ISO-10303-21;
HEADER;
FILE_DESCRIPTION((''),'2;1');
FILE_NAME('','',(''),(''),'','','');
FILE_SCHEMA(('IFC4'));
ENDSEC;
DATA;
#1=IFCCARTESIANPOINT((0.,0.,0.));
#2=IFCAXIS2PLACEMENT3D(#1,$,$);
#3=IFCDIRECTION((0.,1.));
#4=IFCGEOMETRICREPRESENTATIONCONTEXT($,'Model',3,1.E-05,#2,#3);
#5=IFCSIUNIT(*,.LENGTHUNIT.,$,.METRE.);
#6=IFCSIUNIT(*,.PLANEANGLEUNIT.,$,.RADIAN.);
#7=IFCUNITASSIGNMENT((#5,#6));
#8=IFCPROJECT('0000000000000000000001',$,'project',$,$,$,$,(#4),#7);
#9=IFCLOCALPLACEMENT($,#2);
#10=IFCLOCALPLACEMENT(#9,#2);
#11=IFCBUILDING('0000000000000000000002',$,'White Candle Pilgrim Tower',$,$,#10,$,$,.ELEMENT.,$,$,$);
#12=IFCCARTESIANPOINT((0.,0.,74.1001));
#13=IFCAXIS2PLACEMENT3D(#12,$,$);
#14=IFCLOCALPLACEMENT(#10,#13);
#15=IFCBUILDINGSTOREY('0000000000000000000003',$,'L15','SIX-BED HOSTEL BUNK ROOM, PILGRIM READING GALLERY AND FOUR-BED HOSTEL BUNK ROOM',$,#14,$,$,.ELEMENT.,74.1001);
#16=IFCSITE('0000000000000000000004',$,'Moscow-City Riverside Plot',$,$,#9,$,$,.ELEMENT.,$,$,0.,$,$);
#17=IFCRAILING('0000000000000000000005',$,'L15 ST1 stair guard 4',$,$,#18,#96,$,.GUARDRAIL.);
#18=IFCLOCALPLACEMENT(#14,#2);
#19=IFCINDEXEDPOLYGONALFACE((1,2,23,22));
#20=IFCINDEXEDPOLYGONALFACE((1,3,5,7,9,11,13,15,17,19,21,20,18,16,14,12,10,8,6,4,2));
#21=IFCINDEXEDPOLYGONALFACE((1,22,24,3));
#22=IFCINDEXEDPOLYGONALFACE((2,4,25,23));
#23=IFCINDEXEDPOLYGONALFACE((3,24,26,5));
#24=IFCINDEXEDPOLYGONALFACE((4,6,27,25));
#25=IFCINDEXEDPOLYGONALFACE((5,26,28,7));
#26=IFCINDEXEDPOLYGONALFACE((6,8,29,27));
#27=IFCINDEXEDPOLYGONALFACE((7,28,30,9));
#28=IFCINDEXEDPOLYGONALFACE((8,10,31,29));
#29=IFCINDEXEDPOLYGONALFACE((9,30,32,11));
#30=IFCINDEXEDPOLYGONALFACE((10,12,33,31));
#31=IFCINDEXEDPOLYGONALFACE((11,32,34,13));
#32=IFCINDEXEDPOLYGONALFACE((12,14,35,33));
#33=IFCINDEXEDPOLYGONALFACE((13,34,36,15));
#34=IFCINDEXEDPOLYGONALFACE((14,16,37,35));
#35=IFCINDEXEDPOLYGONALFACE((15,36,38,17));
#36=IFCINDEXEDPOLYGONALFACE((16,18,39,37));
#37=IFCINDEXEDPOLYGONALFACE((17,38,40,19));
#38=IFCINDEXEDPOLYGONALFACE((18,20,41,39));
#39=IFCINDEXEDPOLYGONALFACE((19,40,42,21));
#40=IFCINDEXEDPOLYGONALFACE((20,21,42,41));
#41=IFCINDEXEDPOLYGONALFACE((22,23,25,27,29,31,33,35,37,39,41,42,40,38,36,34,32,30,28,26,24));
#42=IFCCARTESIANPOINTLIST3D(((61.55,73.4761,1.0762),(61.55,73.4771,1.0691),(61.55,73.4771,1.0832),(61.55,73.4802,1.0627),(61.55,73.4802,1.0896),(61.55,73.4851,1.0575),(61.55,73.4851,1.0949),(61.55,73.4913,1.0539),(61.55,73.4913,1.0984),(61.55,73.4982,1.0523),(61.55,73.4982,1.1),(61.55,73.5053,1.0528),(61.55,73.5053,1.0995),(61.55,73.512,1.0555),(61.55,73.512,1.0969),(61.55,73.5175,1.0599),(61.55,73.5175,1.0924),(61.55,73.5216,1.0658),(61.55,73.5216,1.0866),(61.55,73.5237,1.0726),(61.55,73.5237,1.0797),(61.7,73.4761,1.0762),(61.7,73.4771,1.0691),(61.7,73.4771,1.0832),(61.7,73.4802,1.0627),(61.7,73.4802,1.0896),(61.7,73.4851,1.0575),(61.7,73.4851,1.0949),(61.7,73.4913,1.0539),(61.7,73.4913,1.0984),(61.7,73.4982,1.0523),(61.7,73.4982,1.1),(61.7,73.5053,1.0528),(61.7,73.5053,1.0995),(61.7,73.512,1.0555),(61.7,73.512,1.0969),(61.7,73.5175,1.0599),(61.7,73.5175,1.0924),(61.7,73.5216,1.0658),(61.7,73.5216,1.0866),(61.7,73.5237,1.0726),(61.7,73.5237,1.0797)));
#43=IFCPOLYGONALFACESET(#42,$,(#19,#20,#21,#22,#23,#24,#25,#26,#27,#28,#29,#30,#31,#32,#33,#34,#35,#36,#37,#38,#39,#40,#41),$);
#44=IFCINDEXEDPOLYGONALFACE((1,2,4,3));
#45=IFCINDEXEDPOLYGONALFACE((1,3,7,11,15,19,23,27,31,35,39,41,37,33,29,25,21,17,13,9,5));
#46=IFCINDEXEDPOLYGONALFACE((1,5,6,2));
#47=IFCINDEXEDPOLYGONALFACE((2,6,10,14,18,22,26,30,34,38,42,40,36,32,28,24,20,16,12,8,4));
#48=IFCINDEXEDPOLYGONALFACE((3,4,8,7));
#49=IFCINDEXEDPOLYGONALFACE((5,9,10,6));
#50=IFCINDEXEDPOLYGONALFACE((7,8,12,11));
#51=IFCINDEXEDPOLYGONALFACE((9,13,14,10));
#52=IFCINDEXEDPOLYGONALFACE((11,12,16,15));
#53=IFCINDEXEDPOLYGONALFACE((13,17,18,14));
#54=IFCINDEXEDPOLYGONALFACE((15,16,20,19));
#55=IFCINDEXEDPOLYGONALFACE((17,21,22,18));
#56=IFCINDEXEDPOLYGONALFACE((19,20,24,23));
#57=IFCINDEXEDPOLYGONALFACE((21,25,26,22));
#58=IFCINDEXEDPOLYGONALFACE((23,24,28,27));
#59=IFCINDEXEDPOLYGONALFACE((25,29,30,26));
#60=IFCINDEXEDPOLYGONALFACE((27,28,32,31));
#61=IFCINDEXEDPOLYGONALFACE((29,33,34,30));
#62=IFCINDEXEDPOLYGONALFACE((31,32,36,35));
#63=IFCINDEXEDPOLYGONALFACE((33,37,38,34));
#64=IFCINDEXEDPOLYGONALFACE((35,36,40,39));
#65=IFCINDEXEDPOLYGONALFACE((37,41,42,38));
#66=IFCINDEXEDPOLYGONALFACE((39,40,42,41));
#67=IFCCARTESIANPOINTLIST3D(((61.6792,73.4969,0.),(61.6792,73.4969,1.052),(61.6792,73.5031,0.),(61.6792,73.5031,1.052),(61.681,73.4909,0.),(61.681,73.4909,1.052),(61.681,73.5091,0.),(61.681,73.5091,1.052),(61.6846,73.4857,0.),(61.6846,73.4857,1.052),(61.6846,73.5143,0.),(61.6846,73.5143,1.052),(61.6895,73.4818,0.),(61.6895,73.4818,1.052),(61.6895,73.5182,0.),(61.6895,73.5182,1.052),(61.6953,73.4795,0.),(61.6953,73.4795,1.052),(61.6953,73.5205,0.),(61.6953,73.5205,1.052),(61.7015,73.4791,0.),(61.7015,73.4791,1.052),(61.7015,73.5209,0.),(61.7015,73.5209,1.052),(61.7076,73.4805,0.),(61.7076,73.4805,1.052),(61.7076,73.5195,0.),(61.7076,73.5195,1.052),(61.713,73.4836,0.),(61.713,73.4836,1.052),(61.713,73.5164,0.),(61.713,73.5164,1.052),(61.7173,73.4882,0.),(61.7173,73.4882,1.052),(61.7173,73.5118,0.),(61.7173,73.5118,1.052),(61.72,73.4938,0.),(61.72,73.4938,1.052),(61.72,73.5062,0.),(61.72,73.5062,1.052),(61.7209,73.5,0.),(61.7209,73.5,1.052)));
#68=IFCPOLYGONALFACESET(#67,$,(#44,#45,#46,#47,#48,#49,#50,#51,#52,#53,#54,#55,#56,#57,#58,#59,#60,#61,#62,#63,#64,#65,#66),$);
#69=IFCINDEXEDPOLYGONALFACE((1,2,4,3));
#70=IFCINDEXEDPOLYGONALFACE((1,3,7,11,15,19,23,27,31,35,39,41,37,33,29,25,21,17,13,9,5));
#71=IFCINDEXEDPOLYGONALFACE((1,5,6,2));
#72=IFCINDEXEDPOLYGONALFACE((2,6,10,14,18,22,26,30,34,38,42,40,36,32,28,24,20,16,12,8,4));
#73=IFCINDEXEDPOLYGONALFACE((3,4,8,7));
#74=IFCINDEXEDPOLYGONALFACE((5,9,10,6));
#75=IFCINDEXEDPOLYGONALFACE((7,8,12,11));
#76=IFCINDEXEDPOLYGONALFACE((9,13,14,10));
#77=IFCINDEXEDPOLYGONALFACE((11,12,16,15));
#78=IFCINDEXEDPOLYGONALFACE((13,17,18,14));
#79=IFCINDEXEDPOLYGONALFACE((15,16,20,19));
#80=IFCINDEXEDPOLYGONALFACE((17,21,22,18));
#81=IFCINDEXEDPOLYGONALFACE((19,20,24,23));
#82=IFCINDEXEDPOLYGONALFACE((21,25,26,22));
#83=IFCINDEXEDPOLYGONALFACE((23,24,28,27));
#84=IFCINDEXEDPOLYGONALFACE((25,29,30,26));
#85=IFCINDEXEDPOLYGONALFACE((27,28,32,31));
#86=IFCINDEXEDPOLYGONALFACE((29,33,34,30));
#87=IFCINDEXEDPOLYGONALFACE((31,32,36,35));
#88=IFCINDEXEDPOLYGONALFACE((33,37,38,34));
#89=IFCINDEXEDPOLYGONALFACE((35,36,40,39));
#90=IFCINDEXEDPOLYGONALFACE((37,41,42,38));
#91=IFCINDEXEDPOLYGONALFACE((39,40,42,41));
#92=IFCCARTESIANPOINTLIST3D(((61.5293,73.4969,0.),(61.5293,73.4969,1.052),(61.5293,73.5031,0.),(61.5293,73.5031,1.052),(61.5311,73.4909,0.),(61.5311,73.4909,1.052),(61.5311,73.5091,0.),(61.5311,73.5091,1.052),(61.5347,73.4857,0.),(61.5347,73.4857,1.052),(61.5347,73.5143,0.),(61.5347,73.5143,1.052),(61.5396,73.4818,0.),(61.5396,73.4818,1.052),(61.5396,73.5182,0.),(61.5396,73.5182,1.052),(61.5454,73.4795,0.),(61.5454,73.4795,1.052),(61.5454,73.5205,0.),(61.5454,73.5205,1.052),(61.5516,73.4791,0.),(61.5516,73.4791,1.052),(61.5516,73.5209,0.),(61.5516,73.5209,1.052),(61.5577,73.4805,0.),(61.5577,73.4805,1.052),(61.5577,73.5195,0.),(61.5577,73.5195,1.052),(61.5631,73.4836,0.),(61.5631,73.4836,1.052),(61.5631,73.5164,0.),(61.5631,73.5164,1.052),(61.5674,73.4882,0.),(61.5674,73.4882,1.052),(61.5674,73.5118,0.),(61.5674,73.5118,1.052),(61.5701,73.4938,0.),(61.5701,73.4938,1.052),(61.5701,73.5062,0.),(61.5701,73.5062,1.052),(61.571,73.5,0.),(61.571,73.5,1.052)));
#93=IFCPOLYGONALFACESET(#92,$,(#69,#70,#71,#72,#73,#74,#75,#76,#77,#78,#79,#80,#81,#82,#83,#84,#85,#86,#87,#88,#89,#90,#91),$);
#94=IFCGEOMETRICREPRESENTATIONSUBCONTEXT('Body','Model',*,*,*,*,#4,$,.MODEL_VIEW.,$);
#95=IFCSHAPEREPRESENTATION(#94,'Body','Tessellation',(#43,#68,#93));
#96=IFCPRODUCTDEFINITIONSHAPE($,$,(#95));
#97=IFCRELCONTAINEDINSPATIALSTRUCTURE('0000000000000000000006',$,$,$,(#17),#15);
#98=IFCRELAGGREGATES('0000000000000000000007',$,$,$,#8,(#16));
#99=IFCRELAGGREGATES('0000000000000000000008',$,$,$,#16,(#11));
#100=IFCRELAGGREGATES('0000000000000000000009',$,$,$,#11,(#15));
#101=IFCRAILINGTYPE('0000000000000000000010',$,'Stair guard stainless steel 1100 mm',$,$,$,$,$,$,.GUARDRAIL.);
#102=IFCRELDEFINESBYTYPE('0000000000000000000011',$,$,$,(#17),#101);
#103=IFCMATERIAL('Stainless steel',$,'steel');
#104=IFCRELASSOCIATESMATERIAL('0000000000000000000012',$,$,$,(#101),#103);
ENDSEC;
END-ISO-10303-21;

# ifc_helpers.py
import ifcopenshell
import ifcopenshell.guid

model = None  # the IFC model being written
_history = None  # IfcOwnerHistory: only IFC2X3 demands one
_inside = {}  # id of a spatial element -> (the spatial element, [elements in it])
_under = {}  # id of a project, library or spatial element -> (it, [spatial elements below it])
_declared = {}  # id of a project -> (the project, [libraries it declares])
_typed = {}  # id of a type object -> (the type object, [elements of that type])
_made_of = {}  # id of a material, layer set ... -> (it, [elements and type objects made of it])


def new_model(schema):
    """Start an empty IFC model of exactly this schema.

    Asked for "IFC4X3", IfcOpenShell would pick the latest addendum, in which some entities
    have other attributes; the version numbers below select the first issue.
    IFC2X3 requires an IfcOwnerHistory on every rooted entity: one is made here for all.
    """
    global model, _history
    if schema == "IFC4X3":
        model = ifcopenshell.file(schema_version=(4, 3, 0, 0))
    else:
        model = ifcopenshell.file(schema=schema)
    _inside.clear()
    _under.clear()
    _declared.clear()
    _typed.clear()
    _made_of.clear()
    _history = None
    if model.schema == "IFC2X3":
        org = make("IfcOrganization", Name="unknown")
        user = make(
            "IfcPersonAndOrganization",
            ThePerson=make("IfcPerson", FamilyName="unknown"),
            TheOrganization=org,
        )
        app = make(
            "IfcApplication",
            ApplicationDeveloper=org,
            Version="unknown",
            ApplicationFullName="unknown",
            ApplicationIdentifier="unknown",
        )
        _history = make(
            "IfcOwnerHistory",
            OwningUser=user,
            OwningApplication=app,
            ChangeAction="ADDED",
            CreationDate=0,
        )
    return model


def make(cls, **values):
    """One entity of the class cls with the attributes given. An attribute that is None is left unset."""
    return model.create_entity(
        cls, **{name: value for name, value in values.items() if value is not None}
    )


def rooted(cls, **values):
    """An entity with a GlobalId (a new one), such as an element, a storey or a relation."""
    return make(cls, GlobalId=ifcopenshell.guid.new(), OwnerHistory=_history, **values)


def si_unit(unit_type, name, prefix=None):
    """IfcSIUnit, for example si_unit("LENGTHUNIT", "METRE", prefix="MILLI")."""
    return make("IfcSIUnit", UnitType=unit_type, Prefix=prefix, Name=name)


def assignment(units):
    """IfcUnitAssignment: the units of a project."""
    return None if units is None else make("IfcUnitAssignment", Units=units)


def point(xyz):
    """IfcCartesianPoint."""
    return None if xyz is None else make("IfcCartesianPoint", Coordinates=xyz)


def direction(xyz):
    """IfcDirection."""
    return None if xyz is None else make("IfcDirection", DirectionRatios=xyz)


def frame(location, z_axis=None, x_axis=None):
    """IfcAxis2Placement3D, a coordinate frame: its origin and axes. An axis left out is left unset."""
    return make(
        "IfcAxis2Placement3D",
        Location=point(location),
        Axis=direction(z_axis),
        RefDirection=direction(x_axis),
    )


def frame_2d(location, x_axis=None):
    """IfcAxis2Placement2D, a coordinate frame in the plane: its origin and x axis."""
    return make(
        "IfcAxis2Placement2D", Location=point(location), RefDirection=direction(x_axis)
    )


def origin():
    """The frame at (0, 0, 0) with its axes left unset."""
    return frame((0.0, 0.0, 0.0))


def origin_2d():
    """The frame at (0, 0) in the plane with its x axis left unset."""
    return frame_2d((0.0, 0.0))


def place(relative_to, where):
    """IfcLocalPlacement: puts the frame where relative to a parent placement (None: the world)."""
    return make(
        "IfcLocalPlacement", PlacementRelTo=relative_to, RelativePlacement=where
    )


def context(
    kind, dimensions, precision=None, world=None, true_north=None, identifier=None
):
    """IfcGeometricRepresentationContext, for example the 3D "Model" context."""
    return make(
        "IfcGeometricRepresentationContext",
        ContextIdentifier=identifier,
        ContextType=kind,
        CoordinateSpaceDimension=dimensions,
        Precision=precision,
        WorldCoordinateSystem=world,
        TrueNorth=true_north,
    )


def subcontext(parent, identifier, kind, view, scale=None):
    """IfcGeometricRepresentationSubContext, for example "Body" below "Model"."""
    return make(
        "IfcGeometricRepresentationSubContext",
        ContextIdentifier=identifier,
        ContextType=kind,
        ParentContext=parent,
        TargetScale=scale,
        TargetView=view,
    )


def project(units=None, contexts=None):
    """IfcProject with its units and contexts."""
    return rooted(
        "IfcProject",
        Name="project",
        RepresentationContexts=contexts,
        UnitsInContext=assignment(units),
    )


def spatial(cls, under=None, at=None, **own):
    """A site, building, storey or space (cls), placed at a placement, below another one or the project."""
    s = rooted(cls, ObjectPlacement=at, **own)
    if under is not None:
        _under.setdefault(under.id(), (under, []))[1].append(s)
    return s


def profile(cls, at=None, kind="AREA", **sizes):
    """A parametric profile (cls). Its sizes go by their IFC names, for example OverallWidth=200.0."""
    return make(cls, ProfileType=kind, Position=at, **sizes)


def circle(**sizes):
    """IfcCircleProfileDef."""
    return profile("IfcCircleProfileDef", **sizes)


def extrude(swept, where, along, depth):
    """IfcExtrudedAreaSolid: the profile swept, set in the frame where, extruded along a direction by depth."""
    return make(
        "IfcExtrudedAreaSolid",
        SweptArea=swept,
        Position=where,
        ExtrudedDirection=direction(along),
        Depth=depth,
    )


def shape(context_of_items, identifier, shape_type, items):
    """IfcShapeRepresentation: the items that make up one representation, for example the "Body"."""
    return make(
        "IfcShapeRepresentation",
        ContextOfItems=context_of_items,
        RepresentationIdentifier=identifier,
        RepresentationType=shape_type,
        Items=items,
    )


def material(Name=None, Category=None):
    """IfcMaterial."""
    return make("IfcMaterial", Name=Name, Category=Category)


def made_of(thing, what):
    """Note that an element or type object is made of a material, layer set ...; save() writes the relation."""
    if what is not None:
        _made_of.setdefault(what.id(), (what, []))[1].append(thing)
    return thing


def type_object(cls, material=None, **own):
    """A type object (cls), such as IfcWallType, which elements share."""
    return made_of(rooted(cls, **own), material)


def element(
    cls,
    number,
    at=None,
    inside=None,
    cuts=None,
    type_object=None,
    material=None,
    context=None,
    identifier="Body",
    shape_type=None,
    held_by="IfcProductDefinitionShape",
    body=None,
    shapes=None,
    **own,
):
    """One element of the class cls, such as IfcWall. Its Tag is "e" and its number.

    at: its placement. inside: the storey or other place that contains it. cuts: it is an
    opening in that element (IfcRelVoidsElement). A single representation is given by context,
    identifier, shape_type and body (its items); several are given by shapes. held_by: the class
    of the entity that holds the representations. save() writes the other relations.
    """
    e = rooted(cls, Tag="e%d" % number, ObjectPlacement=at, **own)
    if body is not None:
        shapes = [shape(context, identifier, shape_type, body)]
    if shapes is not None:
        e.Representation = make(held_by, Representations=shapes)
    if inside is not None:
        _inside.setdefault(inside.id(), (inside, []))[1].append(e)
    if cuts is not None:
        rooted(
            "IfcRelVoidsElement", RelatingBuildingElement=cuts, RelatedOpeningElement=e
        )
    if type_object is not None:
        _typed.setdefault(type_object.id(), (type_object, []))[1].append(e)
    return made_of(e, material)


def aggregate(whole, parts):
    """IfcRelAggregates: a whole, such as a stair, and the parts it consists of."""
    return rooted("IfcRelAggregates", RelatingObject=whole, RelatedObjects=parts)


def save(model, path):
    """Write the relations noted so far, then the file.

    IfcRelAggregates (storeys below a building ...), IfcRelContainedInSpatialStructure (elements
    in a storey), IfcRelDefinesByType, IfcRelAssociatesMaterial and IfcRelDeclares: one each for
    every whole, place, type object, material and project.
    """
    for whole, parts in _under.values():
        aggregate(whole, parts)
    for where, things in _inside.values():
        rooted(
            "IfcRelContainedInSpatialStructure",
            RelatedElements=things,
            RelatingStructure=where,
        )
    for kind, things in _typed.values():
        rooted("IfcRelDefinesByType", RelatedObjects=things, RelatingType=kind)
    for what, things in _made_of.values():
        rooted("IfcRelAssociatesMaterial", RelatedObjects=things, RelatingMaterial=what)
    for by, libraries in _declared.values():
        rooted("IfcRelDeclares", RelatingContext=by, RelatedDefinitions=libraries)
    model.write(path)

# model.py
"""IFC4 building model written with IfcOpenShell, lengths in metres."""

from ifc_helpers import new_model, si_unit, direction, frame, origin, origin_2d, place, context, subcontext, project, spatial, circle, extrude, material, type_object, element, save


model = new_model("IFC4")

# Units and contexts
model_context = context("Model", 3, precision=1e-05, world=origin(), true_north=direction((0.0, 1.0)))
body_context = subcontext(model_context, "Body", "Model", "MODEL_VIEW")
ifc_project = project(units=[si_unit("LENGTHUNIT", "METRE"), si_unit("PLANEANGLEUNIT", "RADIAN")], contexts=[model_context])

# Site, building, storey
site_placement = place(None, origin())
site = spatial("IfcSite", under=ifc_project, at=site_placement, Name="Moscow-City Riverside Plot", CompositionType="ELEMENT", RefElevation=0.0)
building_placement = place(site_placement, origin())
building = spatial("IfcBuilding", under=site, at=building_placement, Name="White Candle Pilgrim Tower", CompositionType="ELEMENT")
storey_placement = place(building_placement, frame((0.0, 0.0, 74.1001)))
storey = spatial("IfcBuildingStorey", under=building, at=storey_placement, Name="L15", Description="SIX-BED HOSTEL BUNK ROOM, PILGRIM READING GALLERY AND FOUR-BED HOSTEL BUNK ROOM", CompositionType="ELEMENT", Elevation=74.1001)

# Shared definitions
ifc_material_1 = material(Name="Stainless steel", Category="steel")

# Railing
railing_type_1 = type_object("IfcRailingType", Name="Stair guard stainless steel 1100 mm", PredefinedType="GUARDRAIL", material=ifc_material_1)
railing_1_placement = place(storey_placement, frame((61.7, 73.5, 0.0)))
element("IfcRailing", 1, at=railing_1_placement, inside=storey, type_object=railing_type_1, Name="L15 ST1 stair guard 4", PredefinedType="GUARDRAIL", context=body_context, shape_type="SweptSolid", body=[
    extrude(circle(Radius=0.0239, at=origin_2d()), frame((0.0, 0.0, 1.0762), z_axis=(-1.0, 0.0, 0.0), x_axis=(0.0, -1.0, 0.0)), (0.0, 0.0, 1.0), 0.1499),
    extrude(circle(Radius=0.021, at=origin_2d()), origin(), (0.0, 0.0, 1.0), 1.052),
    extrude(circle(Radius=0.021, at=origin_2d()), frame((-0.1499, 0.0, 0.0)), (0.0, 0.0, 1.0), 1.052),
])

save(model, "model.ifc")
